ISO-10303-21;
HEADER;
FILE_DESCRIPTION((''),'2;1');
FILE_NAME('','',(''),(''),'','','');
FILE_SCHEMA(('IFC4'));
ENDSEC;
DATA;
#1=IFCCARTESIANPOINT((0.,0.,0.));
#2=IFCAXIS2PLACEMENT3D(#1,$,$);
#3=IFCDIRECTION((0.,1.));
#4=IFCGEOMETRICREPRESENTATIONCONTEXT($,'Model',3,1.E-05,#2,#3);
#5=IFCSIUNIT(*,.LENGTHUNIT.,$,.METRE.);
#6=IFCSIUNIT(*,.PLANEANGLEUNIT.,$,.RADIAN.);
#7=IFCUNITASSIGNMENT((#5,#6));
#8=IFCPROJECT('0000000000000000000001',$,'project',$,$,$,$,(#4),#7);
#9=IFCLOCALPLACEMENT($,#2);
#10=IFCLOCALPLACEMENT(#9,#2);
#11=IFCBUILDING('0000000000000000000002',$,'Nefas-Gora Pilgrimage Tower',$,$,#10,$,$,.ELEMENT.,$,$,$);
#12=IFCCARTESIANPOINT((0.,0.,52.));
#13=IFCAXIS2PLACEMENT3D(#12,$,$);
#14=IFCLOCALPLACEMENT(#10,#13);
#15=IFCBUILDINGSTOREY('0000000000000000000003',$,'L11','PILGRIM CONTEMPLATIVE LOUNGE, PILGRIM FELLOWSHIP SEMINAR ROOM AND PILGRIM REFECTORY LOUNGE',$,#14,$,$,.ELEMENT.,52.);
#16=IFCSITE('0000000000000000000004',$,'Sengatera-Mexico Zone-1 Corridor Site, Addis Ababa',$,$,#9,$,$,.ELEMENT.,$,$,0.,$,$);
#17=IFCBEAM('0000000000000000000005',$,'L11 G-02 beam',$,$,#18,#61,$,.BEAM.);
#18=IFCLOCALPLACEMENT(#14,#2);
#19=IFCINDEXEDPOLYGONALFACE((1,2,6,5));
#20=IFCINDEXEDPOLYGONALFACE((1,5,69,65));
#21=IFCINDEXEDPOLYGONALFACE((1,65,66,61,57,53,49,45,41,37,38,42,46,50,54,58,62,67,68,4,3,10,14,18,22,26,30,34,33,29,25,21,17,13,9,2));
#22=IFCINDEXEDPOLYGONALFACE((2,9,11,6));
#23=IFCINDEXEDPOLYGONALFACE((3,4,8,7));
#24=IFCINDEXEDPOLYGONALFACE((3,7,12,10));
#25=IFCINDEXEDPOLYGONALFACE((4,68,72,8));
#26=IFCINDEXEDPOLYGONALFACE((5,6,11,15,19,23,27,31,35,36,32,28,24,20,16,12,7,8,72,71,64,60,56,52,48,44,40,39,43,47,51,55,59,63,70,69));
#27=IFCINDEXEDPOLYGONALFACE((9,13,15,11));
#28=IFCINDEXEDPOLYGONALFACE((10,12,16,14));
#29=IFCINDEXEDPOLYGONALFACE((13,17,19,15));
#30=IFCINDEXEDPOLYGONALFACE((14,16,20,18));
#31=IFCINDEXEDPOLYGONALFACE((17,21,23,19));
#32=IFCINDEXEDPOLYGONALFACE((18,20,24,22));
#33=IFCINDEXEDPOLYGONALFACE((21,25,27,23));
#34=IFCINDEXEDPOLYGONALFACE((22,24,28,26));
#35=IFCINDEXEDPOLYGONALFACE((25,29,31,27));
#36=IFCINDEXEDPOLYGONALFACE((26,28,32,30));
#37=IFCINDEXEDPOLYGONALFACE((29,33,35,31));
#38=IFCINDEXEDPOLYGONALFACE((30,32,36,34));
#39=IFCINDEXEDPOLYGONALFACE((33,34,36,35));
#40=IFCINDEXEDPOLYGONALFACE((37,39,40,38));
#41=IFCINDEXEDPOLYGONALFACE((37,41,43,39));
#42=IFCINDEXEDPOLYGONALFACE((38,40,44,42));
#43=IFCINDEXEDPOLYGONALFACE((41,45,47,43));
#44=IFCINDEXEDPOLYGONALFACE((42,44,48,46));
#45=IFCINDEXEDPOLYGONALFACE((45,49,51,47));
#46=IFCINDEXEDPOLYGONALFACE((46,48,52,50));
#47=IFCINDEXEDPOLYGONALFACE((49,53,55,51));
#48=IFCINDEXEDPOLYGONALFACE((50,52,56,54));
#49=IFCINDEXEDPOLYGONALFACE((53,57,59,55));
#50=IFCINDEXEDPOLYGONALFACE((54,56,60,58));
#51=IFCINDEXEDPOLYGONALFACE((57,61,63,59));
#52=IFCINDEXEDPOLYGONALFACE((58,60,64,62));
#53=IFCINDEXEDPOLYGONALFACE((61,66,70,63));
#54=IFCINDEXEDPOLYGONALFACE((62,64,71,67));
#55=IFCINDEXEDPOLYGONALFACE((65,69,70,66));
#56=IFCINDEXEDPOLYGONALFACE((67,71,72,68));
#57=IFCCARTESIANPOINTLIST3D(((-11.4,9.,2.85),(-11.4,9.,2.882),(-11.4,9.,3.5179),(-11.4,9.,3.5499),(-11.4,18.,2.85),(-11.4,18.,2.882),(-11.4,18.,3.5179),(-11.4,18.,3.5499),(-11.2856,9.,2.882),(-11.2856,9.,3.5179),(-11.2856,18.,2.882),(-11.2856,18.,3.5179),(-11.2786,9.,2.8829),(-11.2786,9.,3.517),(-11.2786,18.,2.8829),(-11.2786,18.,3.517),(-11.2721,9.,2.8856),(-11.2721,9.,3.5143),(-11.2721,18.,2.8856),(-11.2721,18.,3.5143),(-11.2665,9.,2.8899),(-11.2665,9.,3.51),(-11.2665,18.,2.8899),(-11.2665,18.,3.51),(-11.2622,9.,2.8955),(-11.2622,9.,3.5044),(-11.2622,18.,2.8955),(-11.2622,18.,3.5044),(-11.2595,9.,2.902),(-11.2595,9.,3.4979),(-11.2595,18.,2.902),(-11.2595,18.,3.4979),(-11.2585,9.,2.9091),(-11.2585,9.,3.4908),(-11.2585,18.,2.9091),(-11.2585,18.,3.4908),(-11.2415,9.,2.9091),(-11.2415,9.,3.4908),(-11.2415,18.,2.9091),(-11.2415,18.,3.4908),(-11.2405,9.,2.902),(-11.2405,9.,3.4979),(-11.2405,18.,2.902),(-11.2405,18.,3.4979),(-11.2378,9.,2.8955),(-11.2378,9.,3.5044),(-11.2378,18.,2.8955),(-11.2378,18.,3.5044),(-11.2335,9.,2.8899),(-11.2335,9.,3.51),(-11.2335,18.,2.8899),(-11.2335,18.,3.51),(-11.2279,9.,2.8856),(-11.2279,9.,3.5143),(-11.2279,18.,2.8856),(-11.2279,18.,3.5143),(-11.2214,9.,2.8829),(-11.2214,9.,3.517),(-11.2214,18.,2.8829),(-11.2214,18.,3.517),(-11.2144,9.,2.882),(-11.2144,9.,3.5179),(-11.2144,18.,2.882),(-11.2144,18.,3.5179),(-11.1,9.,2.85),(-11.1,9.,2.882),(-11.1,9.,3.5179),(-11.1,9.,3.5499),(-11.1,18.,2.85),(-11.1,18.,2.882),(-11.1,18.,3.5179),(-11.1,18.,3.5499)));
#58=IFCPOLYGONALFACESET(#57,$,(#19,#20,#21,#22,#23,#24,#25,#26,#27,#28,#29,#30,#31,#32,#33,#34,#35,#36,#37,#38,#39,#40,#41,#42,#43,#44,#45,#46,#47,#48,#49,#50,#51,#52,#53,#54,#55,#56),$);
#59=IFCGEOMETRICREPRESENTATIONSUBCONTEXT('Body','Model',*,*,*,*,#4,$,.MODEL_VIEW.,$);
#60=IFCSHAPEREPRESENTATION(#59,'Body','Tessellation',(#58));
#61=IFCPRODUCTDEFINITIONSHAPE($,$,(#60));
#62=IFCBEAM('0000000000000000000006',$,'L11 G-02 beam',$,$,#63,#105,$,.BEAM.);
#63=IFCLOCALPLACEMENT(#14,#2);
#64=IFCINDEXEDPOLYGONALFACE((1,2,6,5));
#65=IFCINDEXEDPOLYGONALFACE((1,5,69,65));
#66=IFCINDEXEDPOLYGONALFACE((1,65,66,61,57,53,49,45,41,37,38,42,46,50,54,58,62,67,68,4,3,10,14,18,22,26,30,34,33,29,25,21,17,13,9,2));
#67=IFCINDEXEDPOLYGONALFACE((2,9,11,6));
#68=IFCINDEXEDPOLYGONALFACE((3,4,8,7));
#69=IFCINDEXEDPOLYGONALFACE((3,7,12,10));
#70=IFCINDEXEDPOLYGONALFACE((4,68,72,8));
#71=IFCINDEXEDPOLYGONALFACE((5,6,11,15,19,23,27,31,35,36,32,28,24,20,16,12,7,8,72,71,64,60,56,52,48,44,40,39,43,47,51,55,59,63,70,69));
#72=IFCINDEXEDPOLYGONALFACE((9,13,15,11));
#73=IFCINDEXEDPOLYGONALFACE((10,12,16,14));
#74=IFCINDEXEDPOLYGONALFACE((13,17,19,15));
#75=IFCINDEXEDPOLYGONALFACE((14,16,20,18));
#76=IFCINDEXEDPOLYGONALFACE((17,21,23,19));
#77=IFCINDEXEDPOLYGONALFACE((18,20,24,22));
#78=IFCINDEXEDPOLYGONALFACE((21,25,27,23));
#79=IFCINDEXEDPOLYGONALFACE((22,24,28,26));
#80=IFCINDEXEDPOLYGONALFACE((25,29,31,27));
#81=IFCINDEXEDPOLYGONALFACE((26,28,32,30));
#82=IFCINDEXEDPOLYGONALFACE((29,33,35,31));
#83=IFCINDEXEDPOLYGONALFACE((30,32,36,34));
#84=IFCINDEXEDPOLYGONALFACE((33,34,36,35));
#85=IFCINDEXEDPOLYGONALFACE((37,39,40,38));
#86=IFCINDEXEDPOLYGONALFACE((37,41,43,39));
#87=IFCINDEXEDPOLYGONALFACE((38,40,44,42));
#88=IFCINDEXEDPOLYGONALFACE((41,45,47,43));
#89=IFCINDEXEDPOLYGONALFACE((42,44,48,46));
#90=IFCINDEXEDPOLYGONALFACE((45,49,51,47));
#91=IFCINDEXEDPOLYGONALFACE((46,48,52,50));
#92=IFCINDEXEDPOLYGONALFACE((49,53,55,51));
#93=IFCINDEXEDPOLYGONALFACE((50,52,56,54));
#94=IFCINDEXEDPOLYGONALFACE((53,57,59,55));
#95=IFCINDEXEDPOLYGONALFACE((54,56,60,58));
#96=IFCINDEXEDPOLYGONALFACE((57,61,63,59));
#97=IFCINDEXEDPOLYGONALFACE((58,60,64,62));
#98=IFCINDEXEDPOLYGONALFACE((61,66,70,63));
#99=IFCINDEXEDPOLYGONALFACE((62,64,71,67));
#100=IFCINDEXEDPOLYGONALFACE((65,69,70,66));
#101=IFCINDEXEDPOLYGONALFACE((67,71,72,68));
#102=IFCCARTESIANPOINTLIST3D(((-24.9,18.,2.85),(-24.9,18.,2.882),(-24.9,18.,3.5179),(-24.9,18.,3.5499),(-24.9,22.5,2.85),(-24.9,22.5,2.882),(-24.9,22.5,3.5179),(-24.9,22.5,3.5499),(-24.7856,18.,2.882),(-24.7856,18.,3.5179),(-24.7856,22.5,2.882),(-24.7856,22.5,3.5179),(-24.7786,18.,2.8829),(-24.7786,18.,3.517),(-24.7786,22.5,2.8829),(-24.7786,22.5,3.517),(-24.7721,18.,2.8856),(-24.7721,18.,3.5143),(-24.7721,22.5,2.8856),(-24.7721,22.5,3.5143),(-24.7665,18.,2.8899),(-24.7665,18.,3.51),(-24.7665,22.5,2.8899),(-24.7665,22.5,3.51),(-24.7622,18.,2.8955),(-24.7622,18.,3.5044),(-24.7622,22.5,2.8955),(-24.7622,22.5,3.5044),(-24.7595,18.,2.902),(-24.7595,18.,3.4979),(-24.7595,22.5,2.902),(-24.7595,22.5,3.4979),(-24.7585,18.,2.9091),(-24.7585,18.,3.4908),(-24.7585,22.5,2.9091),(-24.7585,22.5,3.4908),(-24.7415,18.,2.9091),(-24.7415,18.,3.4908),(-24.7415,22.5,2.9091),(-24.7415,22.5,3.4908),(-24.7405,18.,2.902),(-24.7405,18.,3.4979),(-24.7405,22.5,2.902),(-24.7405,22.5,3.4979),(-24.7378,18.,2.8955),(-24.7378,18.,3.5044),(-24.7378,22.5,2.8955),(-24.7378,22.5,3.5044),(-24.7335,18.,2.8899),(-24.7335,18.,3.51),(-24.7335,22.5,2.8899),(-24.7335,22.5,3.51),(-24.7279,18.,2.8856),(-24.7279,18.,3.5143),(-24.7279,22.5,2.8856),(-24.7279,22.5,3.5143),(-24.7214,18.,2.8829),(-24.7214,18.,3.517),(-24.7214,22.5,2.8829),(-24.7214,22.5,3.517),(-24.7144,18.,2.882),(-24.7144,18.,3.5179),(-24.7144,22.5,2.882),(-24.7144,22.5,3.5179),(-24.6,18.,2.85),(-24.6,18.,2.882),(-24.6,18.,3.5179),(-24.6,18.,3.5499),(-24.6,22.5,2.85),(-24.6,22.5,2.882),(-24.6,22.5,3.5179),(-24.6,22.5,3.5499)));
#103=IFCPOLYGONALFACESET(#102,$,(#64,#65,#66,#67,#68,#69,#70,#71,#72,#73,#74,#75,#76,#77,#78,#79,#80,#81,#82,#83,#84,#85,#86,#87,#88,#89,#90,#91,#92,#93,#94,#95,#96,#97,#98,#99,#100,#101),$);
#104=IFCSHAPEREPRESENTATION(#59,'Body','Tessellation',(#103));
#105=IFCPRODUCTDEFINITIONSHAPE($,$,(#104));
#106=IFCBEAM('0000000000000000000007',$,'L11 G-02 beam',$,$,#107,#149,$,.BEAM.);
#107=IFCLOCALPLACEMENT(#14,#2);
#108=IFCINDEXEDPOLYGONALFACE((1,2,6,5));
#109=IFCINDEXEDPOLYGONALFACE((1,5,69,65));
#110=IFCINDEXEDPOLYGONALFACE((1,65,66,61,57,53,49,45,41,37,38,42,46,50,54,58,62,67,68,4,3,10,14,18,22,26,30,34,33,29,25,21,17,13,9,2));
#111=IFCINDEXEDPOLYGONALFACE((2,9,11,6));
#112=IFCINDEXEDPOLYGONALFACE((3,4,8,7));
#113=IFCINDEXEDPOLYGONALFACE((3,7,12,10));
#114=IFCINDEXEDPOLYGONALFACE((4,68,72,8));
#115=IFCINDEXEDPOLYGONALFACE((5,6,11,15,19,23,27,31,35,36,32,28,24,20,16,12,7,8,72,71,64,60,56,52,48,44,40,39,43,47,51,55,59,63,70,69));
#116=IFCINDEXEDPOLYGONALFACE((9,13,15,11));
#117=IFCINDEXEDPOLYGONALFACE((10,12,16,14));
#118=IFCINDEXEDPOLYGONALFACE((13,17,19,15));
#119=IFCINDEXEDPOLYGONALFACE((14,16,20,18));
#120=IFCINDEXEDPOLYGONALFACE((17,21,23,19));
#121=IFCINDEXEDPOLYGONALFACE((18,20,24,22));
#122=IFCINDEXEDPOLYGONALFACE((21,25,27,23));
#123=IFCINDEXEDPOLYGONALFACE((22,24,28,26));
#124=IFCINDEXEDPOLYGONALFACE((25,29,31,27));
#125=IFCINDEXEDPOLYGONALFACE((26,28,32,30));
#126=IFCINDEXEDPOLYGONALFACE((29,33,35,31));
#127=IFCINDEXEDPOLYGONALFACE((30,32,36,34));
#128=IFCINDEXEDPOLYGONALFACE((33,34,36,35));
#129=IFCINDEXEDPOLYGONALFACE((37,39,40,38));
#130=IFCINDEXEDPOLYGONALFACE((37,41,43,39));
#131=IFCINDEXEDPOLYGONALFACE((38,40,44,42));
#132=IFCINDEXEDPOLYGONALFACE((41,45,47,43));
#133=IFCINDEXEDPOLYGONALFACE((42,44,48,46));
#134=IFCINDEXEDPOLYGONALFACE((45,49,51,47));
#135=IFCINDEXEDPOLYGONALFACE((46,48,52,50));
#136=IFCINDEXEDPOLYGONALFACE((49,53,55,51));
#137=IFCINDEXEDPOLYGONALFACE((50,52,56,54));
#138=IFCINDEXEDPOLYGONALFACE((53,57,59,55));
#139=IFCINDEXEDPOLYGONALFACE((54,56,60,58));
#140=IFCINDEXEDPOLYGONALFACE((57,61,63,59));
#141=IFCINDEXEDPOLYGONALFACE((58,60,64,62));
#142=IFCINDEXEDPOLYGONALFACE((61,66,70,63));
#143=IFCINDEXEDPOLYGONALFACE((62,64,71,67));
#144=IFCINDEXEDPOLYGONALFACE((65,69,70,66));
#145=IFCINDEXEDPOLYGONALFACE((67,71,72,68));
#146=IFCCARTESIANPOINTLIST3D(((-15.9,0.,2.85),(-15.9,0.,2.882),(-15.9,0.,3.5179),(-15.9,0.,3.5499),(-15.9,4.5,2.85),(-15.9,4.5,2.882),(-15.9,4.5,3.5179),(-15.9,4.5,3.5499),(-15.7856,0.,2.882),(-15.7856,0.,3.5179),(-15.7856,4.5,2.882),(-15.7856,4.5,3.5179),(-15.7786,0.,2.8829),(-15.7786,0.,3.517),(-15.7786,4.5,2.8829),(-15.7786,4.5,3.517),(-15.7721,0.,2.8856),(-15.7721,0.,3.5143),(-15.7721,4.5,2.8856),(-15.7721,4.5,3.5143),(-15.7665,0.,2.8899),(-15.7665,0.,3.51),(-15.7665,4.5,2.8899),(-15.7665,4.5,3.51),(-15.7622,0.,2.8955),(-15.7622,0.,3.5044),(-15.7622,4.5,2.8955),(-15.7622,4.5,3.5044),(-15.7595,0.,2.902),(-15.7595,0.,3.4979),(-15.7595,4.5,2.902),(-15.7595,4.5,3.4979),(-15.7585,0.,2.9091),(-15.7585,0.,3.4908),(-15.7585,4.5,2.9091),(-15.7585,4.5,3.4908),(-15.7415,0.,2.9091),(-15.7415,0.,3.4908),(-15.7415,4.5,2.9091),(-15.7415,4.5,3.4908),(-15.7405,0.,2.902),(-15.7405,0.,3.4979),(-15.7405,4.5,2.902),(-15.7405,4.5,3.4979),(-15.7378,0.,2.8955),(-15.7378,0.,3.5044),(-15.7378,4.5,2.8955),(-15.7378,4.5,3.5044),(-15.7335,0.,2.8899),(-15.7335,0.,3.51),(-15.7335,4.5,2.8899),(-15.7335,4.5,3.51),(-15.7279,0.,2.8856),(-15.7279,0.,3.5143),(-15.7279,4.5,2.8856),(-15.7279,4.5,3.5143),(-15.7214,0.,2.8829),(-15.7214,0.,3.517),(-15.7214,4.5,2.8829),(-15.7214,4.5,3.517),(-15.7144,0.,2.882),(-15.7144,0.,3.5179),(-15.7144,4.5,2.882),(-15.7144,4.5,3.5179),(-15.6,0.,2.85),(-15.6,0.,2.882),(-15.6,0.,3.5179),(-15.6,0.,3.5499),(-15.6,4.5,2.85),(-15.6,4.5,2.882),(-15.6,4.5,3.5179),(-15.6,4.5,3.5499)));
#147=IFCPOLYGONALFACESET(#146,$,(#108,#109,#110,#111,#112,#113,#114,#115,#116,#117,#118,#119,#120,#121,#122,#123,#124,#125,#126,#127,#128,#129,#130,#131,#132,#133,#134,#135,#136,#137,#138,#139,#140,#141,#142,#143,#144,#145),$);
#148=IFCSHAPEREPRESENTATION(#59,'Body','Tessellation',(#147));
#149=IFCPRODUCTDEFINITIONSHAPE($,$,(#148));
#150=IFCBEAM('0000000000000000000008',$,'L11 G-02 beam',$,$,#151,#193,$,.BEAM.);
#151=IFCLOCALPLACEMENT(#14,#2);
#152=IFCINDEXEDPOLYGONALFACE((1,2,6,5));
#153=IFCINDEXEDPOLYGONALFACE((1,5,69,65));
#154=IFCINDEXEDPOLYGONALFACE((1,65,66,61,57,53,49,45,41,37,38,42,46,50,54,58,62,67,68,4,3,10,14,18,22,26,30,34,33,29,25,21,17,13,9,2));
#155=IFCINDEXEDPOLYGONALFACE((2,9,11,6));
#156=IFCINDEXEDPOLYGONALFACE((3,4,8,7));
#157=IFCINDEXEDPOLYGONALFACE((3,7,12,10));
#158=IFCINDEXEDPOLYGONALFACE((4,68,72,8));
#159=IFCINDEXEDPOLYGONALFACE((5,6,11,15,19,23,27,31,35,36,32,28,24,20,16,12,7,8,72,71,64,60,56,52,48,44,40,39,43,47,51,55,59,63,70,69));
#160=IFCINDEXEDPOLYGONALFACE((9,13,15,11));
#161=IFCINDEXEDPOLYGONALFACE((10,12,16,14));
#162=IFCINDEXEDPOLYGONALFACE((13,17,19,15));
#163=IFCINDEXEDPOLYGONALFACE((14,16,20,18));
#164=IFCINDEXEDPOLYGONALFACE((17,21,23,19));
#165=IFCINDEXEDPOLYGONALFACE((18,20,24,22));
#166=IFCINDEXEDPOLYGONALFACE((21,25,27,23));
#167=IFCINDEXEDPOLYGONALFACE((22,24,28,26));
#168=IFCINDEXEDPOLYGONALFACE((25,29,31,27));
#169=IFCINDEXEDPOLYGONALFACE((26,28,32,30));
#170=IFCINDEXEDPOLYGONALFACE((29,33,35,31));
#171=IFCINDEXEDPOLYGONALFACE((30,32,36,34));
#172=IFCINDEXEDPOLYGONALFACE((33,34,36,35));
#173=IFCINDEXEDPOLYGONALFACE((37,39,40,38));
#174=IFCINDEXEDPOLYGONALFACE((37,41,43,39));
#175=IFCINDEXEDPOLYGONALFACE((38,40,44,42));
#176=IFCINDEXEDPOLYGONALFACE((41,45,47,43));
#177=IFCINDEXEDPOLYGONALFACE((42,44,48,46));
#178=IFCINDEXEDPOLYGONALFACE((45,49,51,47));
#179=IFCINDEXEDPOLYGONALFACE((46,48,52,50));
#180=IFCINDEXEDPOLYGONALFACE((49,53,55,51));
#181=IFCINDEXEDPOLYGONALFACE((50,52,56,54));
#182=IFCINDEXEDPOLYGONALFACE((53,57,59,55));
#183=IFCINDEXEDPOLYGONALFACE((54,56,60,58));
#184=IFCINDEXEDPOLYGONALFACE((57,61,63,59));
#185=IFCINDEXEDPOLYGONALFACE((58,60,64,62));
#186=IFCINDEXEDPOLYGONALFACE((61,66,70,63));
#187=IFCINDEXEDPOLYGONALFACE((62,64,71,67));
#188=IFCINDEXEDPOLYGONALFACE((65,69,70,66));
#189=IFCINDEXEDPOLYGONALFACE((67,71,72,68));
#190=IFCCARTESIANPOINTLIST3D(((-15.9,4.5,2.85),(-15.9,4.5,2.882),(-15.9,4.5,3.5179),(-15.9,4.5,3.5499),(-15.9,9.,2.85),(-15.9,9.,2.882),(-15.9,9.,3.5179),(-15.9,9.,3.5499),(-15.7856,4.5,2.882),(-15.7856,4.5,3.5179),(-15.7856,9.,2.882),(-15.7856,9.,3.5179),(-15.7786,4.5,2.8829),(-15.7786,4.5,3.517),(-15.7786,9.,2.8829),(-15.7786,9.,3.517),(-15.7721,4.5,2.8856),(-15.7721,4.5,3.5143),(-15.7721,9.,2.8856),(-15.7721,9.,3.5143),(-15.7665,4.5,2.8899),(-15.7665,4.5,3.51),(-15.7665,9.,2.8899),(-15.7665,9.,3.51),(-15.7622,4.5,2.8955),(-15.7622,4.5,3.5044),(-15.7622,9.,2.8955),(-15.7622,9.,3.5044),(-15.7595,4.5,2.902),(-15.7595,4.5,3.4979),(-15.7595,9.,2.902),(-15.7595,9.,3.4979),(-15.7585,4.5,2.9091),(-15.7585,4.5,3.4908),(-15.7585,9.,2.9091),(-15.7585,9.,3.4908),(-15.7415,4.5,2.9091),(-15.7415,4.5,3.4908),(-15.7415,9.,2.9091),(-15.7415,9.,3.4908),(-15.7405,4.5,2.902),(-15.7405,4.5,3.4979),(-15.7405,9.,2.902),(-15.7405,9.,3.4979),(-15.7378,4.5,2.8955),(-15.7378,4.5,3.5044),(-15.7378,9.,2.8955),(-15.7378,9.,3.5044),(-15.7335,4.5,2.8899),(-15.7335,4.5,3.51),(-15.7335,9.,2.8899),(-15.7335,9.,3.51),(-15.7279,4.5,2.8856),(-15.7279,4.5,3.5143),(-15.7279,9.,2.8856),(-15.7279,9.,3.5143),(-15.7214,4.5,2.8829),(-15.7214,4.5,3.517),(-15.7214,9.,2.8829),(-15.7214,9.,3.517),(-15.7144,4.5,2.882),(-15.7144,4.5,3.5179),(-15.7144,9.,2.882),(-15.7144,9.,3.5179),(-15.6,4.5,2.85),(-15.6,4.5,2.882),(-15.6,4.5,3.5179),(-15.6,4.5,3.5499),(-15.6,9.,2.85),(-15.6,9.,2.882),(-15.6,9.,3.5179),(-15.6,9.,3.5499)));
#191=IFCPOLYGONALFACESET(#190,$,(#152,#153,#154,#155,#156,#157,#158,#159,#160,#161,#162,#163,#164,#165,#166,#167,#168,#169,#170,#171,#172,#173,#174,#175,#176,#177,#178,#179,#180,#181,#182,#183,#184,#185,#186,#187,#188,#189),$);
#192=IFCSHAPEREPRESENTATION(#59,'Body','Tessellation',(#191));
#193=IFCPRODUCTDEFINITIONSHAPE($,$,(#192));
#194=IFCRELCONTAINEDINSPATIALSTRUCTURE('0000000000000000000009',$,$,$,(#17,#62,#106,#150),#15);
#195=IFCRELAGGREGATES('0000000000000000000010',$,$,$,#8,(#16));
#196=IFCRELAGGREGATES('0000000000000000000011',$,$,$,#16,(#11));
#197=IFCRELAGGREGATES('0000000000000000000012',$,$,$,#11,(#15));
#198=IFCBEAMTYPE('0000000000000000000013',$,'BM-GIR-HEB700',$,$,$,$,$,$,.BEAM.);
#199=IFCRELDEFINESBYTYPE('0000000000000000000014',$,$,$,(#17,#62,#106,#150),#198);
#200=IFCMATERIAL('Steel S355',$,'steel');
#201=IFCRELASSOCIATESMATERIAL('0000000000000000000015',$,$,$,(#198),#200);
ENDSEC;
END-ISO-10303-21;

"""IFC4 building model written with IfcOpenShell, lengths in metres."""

from ifc_helpers import new_model, si_unit, direction, frame, origin, origin_2d, place, context, subcontext, project, spatial, i_section, extrude, source, transform, mapped, material, material_profile, profile_set, type_object, element, save


model = new_model("IFC4")

# Units and contexts
model_context = context("Model", 3, precision=1e-05, world=origin(), true_north=direction((0.0, 1.0)))
body_context = subcontext(model_context, "Body", "Model", "MODEL_VIEW")
ifc_project = project(units=[si_unit("LENGTHUNIT", "METRE"), si_unit("PLANEANGLEUNIT", "RADIAN")], contexts=[model_context])

# Site, building, storey
site_placement = place(None, origin())
site = spatial("IfcSite", under=ifc_project, at=site_placement, Name="Sengatera-Mexico Zone-1 Corridor Site, Addis Ababa", CompositionType="ELEMENT", RefElevation=0.0)
building_placement = place(site_placement, origin())
building = spatial("IfcBuilding", under=site, at=building_placement, Name="Nefas-Gora Pilgrimage Tower", CompositionType="ELEMENT")
storey_placement = place(building_placement, frame((0.0, 0.0, 52.0)))
storey = spatial("IfcBuildingStorey", under=building, at=storey_placement, Name="L11", Description="PILGRIM CONTEMPLATIVE LOUNGE, PILGRIM FELLOWSHIP SEMINAR ROOM AND PILGRIM REFECTORY LOUNGE", CompositionType="ELEMENT", Elevation=52.0)

# Beams
ifc_material_1 = material(Name="Steel S355", Category="steel")
ifc_material_profile_1 = material_profile(ifc_material_1, i_section(OverallWidth=0.3, OverallDepth=0.7, WebThickness=0.0171, FlangeThickness=0.032, FilletRadius=0.0271, at=origin_2d()), Name="HEB 700")
ifc_profile_set_1 = profile_set([ifc_material_profile_1], Name="Steel S355")
beam_type_1 = type_object("IfcBeamType", Name="BM-GIR-HEB700", PredefinedType="BEAM", material=ifc_profile_set_1)
shared_shape_1 = source(origin(), body_context, "Body", "SweptSolid", [
    extrude(i_section(OverallWidth=0.3, OverallDepth=0.7, WebThickness=0.0171, FlangeThickness=0.032, FilletRadius=0.0271, at=origin_2d()), origin(), (0.0, 0.0, 1.0), 9.0),
])
beam_1_placement = place(storey_placement, frame((-11.25, 9.0, 3.2), z_axis=(0.0, 1.0, 0.0), x_axis=(-1.0, 0.0, 0.0)))
element("IfcBeam", 1, at=beam_1_placement, inside=storey, type_object=beam_type_1, Name="L11 G-02 beam", PredefinedType="BEAM", context=body_context, shape_type="MappedRepresentation", body=[
    mapped(shared_shape_1, transform((0.0, 0.0, 0.0), x_axis=(1.0, 0.0, 0.0), y_axis=(0.0, 1.0, 0.0), z_axis=(0.0, 0.0, 1.0), scale=1.0)),
])
shared_shape_2 = source(origin(), body_context, "Body", "SweptSolid", [
    extrude(i_section(OverallWidth=0.3, OverallDepth=0.7, WebThickness=0.0171, FlangeThickness=0.032, FilletRadius=0.0271, at=origin_2d()), origin(), (0.0, 0.0, 1.0), 4.5),
])
for number, where, z_axis, x_axis, name in (
    (2, (-24.75, 18.0, 3.2), (0.0, 1.0, 0.0), (-1.0, 0.0, 0.0), "L11 G-02 beam"),
    (3, (-15.75, 0.0, 3.2), (0.0, 1.0, 0.0), (-1.0, 0.0, 0.0), "L11 G-02 beam"),
    (4, (-15.75, 4.5, 3.2), (0.0, 1.0, 0.0), (-1.0, 0.0, 0.0), "L11 G-02 beam"),
):
    element("IfcBeam", number, at=place(storey_placement, frame(where, z_axis=z_axis, x_axis=x_axis)), inside=storey, type_object=beam_type_1, Name=name, PredefinedType="BEAM", context=body_context, shape_type="MappedRepresentation", body=[
        mapped(shared_shape_2, transform((0.0, 0.0, 0.0), x_axis=(1.0, 0.0, 0.0), y_axis=(0.0, 1.0, 0.0), z_axis=(0.0, 0.0, 1.0), scale=1.0)),
    ])

save(model, "model.ifc")
